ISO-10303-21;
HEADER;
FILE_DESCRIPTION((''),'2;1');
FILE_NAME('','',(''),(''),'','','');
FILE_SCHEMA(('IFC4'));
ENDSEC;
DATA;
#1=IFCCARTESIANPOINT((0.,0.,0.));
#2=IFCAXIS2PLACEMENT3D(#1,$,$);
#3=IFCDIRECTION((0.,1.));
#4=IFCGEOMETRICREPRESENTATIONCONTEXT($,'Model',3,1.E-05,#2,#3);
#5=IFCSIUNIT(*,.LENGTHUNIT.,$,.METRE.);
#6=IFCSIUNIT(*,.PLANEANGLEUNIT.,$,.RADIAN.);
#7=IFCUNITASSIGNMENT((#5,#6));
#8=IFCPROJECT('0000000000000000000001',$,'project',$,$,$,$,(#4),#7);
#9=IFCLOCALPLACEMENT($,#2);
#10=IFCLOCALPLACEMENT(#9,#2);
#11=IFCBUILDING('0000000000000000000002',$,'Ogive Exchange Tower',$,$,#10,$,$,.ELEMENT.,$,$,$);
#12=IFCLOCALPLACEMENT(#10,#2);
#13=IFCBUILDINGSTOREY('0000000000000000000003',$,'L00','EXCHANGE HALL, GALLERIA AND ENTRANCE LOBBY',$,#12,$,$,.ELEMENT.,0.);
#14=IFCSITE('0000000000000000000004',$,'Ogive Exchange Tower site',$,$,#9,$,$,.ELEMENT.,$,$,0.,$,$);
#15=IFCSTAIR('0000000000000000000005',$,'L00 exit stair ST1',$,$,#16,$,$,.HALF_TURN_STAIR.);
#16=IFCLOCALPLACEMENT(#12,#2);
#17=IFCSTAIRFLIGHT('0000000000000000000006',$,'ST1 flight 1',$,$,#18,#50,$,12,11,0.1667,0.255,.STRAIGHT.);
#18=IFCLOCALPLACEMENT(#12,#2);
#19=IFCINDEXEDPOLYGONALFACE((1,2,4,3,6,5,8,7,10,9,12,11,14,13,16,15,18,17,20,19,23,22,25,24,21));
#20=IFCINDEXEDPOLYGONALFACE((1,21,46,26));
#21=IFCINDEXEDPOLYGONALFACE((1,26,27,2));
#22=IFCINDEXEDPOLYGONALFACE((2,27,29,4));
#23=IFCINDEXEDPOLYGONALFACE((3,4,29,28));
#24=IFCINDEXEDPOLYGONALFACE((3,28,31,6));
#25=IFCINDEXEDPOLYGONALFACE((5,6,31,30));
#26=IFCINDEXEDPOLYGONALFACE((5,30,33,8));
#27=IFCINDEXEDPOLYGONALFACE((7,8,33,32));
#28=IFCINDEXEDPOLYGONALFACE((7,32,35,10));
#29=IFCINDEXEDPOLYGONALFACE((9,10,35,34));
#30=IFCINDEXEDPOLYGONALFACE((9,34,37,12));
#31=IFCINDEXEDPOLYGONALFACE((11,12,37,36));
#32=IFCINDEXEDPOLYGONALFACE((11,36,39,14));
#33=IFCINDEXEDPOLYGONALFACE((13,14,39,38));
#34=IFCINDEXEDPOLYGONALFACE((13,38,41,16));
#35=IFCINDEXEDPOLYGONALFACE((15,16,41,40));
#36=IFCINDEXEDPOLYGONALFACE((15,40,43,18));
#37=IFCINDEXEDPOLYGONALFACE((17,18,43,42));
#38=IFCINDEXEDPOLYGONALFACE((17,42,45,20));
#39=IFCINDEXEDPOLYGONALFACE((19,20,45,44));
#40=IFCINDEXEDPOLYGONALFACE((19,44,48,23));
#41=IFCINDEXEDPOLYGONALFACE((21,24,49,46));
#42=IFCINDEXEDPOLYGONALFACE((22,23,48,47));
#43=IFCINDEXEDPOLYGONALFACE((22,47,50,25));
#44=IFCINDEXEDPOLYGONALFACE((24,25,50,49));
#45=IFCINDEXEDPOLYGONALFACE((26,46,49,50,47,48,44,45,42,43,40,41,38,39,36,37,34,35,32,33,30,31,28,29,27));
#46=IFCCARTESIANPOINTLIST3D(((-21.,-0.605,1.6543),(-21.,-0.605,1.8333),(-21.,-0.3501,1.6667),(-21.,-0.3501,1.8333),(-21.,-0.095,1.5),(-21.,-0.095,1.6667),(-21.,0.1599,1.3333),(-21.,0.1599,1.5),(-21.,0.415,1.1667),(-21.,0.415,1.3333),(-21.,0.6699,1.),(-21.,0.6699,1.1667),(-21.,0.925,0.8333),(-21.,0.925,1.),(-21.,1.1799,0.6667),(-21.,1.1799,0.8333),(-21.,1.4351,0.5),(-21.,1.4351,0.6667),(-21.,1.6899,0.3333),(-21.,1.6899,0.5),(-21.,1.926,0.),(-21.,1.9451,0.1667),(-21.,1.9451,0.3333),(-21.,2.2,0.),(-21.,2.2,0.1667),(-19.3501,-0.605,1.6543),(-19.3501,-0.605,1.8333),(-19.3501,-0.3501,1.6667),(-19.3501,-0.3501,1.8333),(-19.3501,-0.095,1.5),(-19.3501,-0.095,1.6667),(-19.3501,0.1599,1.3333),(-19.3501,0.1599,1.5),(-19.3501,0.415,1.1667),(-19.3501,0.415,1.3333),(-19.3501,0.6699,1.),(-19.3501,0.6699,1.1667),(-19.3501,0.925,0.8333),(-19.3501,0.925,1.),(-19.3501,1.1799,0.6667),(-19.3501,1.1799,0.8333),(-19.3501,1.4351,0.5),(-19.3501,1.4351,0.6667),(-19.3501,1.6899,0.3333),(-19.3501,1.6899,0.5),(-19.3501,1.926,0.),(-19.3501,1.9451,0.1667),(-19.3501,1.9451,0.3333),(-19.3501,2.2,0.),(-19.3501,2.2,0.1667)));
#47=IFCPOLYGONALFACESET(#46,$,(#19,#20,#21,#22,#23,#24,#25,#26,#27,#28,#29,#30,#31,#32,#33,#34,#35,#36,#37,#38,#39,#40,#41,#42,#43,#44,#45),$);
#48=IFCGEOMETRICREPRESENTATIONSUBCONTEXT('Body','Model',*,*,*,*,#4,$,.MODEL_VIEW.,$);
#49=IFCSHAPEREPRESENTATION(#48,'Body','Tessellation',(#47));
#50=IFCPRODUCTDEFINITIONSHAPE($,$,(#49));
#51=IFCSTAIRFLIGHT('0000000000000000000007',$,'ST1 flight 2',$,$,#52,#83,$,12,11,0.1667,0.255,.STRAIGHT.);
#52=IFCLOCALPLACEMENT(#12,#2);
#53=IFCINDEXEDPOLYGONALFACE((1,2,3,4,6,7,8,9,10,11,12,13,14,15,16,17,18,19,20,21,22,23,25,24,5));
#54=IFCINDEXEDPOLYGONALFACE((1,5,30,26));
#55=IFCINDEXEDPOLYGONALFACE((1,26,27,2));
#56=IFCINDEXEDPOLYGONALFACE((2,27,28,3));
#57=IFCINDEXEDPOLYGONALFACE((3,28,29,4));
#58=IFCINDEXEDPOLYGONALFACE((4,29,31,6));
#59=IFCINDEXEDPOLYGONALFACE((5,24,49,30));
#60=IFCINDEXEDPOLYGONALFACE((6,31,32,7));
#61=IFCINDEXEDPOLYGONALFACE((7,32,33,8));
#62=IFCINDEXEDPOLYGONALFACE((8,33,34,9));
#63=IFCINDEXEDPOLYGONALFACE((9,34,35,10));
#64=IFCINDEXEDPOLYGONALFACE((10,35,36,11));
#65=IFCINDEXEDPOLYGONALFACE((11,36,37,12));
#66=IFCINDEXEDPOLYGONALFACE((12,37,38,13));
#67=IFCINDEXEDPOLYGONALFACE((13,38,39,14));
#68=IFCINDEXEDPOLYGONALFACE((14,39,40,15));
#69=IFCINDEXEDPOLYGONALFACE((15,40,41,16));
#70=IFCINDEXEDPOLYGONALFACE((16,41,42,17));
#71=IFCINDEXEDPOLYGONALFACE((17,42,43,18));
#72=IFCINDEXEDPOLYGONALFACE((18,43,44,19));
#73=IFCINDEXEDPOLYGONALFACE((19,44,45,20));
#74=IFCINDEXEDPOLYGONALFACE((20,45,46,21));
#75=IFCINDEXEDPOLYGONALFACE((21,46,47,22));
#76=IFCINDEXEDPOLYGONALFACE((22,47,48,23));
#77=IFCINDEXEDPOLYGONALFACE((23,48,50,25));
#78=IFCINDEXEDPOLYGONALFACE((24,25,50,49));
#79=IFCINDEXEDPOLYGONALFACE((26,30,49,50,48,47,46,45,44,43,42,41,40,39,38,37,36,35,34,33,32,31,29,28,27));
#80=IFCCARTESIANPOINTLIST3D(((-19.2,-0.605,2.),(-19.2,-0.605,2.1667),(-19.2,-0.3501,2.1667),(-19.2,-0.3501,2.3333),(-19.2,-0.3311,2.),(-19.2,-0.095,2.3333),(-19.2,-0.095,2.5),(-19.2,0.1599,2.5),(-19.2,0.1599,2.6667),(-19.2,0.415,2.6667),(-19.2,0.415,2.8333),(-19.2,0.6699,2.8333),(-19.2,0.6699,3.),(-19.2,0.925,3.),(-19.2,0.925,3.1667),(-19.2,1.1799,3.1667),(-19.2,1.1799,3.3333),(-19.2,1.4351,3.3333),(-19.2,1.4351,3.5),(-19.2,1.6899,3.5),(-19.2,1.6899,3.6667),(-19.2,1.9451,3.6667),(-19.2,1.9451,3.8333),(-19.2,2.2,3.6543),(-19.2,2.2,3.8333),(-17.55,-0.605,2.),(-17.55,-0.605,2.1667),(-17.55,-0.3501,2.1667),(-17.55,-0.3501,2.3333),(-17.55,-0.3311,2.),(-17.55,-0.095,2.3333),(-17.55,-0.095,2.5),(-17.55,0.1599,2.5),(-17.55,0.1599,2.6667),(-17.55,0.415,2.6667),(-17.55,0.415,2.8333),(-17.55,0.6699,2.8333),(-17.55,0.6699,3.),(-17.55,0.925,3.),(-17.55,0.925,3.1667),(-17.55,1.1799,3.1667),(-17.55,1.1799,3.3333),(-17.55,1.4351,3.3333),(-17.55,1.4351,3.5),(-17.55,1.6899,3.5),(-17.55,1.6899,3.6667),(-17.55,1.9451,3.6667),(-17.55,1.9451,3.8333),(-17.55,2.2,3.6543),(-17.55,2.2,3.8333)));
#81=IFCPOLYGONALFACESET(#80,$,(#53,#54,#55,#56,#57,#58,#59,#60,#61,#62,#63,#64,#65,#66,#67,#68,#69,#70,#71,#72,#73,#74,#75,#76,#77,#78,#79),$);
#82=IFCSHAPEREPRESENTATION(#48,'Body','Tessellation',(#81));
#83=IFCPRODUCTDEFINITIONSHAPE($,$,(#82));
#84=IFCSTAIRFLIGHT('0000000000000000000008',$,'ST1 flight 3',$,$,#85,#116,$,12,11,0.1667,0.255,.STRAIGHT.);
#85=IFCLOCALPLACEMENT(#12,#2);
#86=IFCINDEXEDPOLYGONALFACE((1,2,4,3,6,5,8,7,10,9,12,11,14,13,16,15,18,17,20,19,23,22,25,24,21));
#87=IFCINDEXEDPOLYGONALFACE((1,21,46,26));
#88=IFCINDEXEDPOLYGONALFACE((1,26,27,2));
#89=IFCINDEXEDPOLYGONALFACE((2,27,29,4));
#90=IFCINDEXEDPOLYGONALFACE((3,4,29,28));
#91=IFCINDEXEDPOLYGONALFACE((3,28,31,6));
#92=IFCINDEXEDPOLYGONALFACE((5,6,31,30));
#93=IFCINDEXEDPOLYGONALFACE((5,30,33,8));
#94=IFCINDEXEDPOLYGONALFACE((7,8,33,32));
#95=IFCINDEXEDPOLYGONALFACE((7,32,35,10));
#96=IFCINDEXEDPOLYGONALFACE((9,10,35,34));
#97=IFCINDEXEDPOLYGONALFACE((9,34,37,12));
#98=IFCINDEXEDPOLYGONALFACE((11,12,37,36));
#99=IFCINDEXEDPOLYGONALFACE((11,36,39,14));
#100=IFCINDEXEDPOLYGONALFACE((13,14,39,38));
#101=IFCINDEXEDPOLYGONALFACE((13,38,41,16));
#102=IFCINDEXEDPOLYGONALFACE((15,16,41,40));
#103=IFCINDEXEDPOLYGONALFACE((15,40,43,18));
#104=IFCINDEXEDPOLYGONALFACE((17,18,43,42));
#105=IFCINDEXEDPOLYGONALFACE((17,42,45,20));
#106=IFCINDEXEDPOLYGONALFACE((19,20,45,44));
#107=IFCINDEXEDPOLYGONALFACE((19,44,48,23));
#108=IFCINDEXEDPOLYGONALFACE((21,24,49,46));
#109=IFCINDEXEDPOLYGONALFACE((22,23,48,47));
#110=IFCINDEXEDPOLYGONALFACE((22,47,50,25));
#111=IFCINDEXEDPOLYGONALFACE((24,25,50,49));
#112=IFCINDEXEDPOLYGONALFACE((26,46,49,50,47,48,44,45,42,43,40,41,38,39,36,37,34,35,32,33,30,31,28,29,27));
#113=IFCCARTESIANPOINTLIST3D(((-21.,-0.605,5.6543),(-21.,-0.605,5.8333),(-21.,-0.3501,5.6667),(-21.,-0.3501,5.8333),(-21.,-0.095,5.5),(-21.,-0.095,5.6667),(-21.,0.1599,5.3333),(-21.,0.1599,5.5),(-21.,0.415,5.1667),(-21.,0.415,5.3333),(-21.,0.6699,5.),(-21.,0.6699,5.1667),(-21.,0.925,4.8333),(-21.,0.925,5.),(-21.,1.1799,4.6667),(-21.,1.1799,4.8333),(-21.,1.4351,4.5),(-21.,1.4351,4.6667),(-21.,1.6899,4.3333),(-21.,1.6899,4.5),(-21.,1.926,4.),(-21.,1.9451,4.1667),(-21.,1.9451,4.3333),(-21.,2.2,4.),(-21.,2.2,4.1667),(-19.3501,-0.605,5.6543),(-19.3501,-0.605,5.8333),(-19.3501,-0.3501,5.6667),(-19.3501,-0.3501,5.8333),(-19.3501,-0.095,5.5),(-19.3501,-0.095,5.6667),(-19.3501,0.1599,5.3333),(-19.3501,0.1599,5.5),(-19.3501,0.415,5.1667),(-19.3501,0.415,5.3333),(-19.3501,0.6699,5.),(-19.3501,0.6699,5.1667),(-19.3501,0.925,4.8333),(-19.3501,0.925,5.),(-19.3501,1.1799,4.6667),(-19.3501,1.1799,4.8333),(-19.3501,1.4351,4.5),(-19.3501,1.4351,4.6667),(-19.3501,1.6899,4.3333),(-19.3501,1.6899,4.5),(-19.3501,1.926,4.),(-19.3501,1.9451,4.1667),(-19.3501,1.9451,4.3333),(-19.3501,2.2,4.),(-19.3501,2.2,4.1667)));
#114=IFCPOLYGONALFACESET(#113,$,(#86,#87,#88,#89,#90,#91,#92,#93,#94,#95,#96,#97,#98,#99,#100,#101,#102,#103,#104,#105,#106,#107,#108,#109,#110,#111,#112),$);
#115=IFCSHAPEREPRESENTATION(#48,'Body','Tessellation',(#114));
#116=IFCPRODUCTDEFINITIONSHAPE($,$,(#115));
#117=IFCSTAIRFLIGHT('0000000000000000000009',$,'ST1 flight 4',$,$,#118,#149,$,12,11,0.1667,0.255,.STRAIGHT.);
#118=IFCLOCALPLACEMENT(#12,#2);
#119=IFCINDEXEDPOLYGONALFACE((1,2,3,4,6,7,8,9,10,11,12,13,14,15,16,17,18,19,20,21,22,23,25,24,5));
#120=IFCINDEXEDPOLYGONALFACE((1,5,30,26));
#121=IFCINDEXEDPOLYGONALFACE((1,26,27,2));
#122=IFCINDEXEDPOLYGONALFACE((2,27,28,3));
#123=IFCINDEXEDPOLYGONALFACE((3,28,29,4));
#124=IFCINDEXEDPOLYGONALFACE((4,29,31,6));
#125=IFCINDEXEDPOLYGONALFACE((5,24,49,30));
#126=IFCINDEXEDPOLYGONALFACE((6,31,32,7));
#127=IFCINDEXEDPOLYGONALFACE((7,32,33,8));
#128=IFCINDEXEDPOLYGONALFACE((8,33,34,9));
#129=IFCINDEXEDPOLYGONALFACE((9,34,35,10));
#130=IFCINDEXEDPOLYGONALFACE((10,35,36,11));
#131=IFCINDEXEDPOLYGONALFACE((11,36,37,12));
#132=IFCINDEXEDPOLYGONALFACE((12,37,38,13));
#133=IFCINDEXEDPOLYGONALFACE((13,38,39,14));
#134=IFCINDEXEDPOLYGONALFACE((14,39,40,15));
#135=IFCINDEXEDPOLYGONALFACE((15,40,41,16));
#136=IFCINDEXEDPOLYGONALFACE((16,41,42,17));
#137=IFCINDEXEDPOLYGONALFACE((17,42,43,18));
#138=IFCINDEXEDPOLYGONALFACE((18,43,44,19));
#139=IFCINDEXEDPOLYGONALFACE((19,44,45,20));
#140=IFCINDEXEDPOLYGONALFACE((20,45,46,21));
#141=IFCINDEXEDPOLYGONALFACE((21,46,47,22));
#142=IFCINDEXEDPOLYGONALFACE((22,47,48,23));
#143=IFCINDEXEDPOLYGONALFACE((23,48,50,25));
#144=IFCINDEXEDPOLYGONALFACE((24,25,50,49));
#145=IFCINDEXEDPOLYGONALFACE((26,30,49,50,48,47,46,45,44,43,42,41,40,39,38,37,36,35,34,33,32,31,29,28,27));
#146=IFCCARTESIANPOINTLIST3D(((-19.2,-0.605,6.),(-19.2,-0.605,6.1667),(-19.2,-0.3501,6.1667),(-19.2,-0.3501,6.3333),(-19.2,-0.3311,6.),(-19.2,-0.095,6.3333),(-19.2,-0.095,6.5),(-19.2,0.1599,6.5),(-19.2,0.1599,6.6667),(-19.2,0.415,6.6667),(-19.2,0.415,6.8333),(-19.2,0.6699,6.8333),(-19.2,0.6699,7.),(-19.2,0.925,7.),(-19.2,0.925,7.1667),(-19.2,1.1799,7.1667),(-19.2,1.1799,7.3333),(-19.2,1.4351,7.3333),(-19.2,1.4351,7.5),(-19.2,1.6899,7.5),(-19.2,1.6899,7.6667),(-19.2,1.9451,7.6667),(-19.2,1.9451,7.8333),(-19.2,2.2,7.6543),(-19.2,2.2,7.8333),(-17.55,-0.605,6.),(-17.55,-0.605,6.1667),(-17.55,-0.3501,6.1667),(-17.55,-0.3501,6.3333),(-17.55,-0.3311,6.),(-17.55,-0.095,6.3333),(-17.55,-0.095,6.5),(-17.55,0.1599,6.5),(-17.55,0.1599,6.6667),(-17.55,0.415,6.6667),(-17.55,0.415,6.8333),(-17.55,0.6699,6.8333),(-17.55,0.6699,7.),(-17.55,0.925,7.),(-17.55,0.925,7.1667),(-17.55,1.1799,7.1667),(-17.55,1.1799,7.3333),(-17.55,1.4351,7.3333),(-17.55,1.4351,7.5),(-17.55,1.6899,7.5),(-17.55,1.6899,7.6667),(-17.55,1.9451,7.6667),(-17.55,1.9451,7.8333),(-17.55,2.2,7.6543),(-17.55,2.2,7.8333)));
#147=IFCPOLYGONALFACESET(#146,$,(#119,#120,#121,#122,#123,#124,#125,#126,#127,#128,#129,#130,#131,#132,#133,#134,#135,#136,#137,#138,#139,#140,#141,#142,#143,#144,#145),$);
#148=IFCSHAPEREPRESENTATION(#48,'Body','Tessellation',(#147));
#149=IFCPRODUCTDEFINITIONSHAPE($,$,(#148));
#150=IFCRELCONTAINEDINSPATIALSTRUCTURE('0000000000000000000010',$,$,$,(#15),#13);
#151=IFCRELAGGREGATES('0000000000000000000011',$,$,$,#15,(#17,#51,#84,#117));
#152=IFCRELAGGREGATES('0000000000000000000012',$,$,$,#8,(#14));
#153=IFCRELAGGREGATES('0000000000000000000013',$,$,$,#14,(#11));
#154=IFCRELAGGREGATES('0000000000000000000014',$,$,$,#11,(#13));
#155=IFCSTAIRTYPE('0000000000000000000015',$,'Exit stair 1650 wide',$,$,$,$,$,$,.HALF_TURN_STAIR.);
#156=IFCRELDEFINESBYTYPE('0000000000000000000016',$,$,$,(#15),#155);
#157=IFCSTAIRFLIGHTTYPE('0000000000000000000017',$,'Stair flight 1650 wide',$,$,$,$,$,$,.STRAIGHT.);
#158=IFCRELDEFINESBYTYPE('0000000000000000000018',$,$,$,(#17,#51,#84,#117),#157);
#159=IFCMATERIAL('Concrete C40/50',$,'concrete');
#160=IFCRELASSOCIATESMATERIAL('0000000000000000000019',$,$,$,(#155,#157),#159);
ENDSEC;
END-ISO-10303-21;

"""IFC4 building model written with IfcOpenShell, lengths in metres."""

from ifc_helpers import new_model, si_unit, direction, frame, origin, place, context, subcontext, project, spatial, polyline, outline, extrude, material, type_object, element, aggregate, save


model = new_model("IFC4")

# Units and contexts
model_context = context("Model", 3, precision=1e-05, world=origin(), true_north=direction((0.0, 1.0)))
body_context = subcontext(model_context, "Body", "Model", "MODEL_VIEW")
ifc_project = project(units=[si_unit("LENGTHUNIT", "METRE"), si_unit("PLANEANGLEUNIT", "RADIAN")], contexts=[model_context])

# Site, building, storey
site_placement = place(None, origin())
site = spatial("IfcSite", under=ifc_project, at=site_placement, Name="Ogive Exchange Tower site", CompositionType="ELEMENT", RefElevation=0.0)
building_placement = place(site_placement, origin())
building = spatial("IfcBuilding", under=site, at=building_placement, Name="Ogive Exchange Tower", CompositionType="ELEMENT")
storey_placement = place(building_placement, origin())
storey = spatial("IfcBuildingStorey", under=building, at=storey_placement, Name="L00", Description="EXCHANGE HALL, GALLERIA AND ENTRANCE LOBBY", CompositionType="ELEMENT", Elevation=0.0)

# Stair, stair flights
ifc_material_1 = material(Name="Concrete C40/50", Category="concrete")
stair_type = type_object("IfcStairType", Name="Exit stair 1650 wide", PredefinedType="HALF_TURN_STAIR", material=ifc_material_1)
stair_placement = place(storey_placement, origin())
stair = element("IfcStair", 1, at=stair_placement, inside=storey, type_object=stair_type, Name="L00 exit stair ST1", PredefinedType="HALF_TURN_STAIR")
stair_flight_type = type_object("IfcStairFlightType", Name="Stair flight 1650 wide", PredefinedType="STRAIGHT", material=ifc_material_1)
stair_flight_1_placement = place(storey_placement, frame((-20.175, 2.2, 0.0), z_axis=(0.0, 0.0, 1.0), x_axis=(0.0, -1.0, 0.0)))
stair_flight_1 = element("IfcStairFlight", 2, at=stair_flight_1_placement, type_object=stair_flight_type, Name="ST1 flight 1", NumberOfRisers=12, NumberOfTreads=11, PredefinedType="STRAIGHT", RiserHeight=0.1667, TreadLength=0.255, context=body_context, shape_type="SweptSolid", body=[
    extrude(outline(polyline([(0.0, 0.0), (0.0, 0.1667), (0.2549, 0.1667), (0.2549, 0.3333), (0.51, 0.3333), (0.51, 0.5), (0.7649, 0.5), (0.7649, 0.6667), (1.02, 0.6667), (1.02, 0.8333), (1.2749, 0.8333), (1.2749, 1.0), (1.53, 1.0), (1.53, 1.1667), (1.7849, 1.1667), (1.7849, 1.3333), (2.04, 1.3333), (2.04, 1.5), (2.2949, 1.5), (2.2949, 1.6667), (2.55, 1.6667), (2.55, 1.8333), (2.8049, 1.8333), (2.8049, 2.0), (2.8049, 1.6543), (0.2739, 0.0), (0.0, 0.0)])), frame((0.0, 0.825, 0.0), z_axis=(0.0, -1.0, 0.0), x_axis=(1.0, 0.0, 0.0)), (0.0, 0.0, 1.0), 1.6499),
])
stair_flight_2_placement = place(storey_placement, frame((-18.375, -0.605, 2.0), z_axis=(0.0, 0.0, 1.0), x_axis=(0.0, 1.0, 0.0)))
stair_flight_2 = element("IfcStairFlight", 3, at=stair_flight_2_placement, type_object=stair_flight_type, Name="ST1 flight 2", NumberOfRisers=12, NumberOfTreads=11, PredefinedType="STRAIGHT", RiserHeight=0.1667, TreadLength=0.255, context=body_context, shape_type="SweptSolid", body=[
    extrude(outline(polyline([(0.0, 0.0), (0.0, 0.1667), (0.2549, 0.1667), (0.2549, 0.3333), (0.51, 0.3333), (0.51, 0.5), (0.7649, 0.5), (0.7649, 0.6667), (1.02, 0.6667), (1.02, 0.8333), (1.2749, 0.8333), (1.2749, 1.0), (1.53, 1.0), (1.53, 1.1667), (1.7849, 1.1667), (1.7849, 1.3333), (2.04, 1.3333), (2.04, 1.5), (2.2949, 1.5), (2.2949, 1.6667), (2.55, 1.6667), (2.55, 1.8333), (2.8049, 1.8333), (2.8049, 2.0), (2.8049, 1.6543), (0.2739, 0.0), (0.0, 0.0)])), frame((0.0, 0.825, 0.0), z_axis=(0.0, -1.0, 0.0), x_axis=(1.0, 0.0, 0.0)), (0.0, 0.0, 1.0), 1.6499),
])
stair_flight_3_placement = place(storey_placement, frame((-20.175, 2.2, 4.0), z_axis=(0.0, 0.0, 1.0), x_axis=(0.0, -1.0, 0.0)))
stair_flight_3 = element("IfcStairFlight", 4, at=stair_flight_3_placement, type_object=stair_flight_type, Name="ST1 flight 3", NumberOfRisers=12, NumberOfTreads=11, PredefinedType="STRAIGHT", RiserHeight=0.1667, TreadLength=0.255, context=body_context, shape_type="SweptSolid", body=[
    extrude(outline(polyline([(0.0, 0.0), (0.0, 0.1667), (0.2549, 0.1667), (0.2549, 0.3333), (0.51, 0.3333), (0.51, 0.5), (0.7649, 0.5), (0.7649, 0.6667), (1.02, 0.6667), (1.02, 0.8333), (1.2749, 0.8333), (1.2749, 1.0), (1.53, 1.0), (1.53, 1.1667), (1.7849, 1.1667), (1.7849, 1.3333), (2.04, 1.3333), (2.04, 1.5), (2.2949, 1.5), (2.2949, 1.6667), (2.55, 1.6667), (2.55, 1.8333), (2.8049, 1.8333), (2.8049, 2.0), (2.8049, 1.6543), (0.2739, 0.0), (0.0, 0.0)])), frame((0.0, 0.825, 0.0), z_axis=(0.0, -1.0, 0.0), x_axis=(1.0, 0.0, 0.0)), (0.0, 0.0, 1.0), 1.6499),
])
stair_flight_4_placement = place(storey_placement, frame((-18.375, -0.605, 6.0), z_axis=(0.0, 0.0, 1.0), x_axis=(0.0, 1.0, 0.0)))
stair_flight_4 = element("IfcStairFlight", 5, at=stair_flight_4_placement, type_object=stair_flight_type, Name="ST1 flight 4", NumberOfRisers=12, NumberOfTreads=11, PredefinedType="STRAIGHT", RiserHeight=0.1667, TreadLength=0.255, context=body_context, shape_type="SweptSolid", body=[
    extrude(outline(polyline([(0.0, 0.0), (0.0, 0.1667), (0.2549, 0.1667), (0.2549, 0.3333), (0.51, 0.3333), (0.51, 0.5), (0.7649, 0.5), (0.7649, 0.6667), (1.02, 0.6667), (1.02, 0.8333), (1.2749, 0.8333), (1.2749, 1.0), (1.53, 1.0), (1.53, 1.1667), (1.7849, 1.1667), (1.7849, 1.3333), (2.04, 1.3333), (2.04, 1.5), (2.2949, 1.5), (2.2949, 1.6667), (2.55, 1.6667), (2.55, 1.8333), (2.8049, 1.8333), (2.8049, 2.0), (2.8049, 1.6543), (0.2739, 0.0), (0.0, 0.0)])), frame((0.0, 0.825, 0.0), z_axis=(0.0, -1.0, 0.0), x_axis=(1.0, 0.0, 0.0)), (0.0, 0.0, 1.0), 1.6499),
])
aggregate(stair, [stair_flight_1, stair_flight_2, stair_flight_3, stair_flight_4])

save(model, "model.ifc")
